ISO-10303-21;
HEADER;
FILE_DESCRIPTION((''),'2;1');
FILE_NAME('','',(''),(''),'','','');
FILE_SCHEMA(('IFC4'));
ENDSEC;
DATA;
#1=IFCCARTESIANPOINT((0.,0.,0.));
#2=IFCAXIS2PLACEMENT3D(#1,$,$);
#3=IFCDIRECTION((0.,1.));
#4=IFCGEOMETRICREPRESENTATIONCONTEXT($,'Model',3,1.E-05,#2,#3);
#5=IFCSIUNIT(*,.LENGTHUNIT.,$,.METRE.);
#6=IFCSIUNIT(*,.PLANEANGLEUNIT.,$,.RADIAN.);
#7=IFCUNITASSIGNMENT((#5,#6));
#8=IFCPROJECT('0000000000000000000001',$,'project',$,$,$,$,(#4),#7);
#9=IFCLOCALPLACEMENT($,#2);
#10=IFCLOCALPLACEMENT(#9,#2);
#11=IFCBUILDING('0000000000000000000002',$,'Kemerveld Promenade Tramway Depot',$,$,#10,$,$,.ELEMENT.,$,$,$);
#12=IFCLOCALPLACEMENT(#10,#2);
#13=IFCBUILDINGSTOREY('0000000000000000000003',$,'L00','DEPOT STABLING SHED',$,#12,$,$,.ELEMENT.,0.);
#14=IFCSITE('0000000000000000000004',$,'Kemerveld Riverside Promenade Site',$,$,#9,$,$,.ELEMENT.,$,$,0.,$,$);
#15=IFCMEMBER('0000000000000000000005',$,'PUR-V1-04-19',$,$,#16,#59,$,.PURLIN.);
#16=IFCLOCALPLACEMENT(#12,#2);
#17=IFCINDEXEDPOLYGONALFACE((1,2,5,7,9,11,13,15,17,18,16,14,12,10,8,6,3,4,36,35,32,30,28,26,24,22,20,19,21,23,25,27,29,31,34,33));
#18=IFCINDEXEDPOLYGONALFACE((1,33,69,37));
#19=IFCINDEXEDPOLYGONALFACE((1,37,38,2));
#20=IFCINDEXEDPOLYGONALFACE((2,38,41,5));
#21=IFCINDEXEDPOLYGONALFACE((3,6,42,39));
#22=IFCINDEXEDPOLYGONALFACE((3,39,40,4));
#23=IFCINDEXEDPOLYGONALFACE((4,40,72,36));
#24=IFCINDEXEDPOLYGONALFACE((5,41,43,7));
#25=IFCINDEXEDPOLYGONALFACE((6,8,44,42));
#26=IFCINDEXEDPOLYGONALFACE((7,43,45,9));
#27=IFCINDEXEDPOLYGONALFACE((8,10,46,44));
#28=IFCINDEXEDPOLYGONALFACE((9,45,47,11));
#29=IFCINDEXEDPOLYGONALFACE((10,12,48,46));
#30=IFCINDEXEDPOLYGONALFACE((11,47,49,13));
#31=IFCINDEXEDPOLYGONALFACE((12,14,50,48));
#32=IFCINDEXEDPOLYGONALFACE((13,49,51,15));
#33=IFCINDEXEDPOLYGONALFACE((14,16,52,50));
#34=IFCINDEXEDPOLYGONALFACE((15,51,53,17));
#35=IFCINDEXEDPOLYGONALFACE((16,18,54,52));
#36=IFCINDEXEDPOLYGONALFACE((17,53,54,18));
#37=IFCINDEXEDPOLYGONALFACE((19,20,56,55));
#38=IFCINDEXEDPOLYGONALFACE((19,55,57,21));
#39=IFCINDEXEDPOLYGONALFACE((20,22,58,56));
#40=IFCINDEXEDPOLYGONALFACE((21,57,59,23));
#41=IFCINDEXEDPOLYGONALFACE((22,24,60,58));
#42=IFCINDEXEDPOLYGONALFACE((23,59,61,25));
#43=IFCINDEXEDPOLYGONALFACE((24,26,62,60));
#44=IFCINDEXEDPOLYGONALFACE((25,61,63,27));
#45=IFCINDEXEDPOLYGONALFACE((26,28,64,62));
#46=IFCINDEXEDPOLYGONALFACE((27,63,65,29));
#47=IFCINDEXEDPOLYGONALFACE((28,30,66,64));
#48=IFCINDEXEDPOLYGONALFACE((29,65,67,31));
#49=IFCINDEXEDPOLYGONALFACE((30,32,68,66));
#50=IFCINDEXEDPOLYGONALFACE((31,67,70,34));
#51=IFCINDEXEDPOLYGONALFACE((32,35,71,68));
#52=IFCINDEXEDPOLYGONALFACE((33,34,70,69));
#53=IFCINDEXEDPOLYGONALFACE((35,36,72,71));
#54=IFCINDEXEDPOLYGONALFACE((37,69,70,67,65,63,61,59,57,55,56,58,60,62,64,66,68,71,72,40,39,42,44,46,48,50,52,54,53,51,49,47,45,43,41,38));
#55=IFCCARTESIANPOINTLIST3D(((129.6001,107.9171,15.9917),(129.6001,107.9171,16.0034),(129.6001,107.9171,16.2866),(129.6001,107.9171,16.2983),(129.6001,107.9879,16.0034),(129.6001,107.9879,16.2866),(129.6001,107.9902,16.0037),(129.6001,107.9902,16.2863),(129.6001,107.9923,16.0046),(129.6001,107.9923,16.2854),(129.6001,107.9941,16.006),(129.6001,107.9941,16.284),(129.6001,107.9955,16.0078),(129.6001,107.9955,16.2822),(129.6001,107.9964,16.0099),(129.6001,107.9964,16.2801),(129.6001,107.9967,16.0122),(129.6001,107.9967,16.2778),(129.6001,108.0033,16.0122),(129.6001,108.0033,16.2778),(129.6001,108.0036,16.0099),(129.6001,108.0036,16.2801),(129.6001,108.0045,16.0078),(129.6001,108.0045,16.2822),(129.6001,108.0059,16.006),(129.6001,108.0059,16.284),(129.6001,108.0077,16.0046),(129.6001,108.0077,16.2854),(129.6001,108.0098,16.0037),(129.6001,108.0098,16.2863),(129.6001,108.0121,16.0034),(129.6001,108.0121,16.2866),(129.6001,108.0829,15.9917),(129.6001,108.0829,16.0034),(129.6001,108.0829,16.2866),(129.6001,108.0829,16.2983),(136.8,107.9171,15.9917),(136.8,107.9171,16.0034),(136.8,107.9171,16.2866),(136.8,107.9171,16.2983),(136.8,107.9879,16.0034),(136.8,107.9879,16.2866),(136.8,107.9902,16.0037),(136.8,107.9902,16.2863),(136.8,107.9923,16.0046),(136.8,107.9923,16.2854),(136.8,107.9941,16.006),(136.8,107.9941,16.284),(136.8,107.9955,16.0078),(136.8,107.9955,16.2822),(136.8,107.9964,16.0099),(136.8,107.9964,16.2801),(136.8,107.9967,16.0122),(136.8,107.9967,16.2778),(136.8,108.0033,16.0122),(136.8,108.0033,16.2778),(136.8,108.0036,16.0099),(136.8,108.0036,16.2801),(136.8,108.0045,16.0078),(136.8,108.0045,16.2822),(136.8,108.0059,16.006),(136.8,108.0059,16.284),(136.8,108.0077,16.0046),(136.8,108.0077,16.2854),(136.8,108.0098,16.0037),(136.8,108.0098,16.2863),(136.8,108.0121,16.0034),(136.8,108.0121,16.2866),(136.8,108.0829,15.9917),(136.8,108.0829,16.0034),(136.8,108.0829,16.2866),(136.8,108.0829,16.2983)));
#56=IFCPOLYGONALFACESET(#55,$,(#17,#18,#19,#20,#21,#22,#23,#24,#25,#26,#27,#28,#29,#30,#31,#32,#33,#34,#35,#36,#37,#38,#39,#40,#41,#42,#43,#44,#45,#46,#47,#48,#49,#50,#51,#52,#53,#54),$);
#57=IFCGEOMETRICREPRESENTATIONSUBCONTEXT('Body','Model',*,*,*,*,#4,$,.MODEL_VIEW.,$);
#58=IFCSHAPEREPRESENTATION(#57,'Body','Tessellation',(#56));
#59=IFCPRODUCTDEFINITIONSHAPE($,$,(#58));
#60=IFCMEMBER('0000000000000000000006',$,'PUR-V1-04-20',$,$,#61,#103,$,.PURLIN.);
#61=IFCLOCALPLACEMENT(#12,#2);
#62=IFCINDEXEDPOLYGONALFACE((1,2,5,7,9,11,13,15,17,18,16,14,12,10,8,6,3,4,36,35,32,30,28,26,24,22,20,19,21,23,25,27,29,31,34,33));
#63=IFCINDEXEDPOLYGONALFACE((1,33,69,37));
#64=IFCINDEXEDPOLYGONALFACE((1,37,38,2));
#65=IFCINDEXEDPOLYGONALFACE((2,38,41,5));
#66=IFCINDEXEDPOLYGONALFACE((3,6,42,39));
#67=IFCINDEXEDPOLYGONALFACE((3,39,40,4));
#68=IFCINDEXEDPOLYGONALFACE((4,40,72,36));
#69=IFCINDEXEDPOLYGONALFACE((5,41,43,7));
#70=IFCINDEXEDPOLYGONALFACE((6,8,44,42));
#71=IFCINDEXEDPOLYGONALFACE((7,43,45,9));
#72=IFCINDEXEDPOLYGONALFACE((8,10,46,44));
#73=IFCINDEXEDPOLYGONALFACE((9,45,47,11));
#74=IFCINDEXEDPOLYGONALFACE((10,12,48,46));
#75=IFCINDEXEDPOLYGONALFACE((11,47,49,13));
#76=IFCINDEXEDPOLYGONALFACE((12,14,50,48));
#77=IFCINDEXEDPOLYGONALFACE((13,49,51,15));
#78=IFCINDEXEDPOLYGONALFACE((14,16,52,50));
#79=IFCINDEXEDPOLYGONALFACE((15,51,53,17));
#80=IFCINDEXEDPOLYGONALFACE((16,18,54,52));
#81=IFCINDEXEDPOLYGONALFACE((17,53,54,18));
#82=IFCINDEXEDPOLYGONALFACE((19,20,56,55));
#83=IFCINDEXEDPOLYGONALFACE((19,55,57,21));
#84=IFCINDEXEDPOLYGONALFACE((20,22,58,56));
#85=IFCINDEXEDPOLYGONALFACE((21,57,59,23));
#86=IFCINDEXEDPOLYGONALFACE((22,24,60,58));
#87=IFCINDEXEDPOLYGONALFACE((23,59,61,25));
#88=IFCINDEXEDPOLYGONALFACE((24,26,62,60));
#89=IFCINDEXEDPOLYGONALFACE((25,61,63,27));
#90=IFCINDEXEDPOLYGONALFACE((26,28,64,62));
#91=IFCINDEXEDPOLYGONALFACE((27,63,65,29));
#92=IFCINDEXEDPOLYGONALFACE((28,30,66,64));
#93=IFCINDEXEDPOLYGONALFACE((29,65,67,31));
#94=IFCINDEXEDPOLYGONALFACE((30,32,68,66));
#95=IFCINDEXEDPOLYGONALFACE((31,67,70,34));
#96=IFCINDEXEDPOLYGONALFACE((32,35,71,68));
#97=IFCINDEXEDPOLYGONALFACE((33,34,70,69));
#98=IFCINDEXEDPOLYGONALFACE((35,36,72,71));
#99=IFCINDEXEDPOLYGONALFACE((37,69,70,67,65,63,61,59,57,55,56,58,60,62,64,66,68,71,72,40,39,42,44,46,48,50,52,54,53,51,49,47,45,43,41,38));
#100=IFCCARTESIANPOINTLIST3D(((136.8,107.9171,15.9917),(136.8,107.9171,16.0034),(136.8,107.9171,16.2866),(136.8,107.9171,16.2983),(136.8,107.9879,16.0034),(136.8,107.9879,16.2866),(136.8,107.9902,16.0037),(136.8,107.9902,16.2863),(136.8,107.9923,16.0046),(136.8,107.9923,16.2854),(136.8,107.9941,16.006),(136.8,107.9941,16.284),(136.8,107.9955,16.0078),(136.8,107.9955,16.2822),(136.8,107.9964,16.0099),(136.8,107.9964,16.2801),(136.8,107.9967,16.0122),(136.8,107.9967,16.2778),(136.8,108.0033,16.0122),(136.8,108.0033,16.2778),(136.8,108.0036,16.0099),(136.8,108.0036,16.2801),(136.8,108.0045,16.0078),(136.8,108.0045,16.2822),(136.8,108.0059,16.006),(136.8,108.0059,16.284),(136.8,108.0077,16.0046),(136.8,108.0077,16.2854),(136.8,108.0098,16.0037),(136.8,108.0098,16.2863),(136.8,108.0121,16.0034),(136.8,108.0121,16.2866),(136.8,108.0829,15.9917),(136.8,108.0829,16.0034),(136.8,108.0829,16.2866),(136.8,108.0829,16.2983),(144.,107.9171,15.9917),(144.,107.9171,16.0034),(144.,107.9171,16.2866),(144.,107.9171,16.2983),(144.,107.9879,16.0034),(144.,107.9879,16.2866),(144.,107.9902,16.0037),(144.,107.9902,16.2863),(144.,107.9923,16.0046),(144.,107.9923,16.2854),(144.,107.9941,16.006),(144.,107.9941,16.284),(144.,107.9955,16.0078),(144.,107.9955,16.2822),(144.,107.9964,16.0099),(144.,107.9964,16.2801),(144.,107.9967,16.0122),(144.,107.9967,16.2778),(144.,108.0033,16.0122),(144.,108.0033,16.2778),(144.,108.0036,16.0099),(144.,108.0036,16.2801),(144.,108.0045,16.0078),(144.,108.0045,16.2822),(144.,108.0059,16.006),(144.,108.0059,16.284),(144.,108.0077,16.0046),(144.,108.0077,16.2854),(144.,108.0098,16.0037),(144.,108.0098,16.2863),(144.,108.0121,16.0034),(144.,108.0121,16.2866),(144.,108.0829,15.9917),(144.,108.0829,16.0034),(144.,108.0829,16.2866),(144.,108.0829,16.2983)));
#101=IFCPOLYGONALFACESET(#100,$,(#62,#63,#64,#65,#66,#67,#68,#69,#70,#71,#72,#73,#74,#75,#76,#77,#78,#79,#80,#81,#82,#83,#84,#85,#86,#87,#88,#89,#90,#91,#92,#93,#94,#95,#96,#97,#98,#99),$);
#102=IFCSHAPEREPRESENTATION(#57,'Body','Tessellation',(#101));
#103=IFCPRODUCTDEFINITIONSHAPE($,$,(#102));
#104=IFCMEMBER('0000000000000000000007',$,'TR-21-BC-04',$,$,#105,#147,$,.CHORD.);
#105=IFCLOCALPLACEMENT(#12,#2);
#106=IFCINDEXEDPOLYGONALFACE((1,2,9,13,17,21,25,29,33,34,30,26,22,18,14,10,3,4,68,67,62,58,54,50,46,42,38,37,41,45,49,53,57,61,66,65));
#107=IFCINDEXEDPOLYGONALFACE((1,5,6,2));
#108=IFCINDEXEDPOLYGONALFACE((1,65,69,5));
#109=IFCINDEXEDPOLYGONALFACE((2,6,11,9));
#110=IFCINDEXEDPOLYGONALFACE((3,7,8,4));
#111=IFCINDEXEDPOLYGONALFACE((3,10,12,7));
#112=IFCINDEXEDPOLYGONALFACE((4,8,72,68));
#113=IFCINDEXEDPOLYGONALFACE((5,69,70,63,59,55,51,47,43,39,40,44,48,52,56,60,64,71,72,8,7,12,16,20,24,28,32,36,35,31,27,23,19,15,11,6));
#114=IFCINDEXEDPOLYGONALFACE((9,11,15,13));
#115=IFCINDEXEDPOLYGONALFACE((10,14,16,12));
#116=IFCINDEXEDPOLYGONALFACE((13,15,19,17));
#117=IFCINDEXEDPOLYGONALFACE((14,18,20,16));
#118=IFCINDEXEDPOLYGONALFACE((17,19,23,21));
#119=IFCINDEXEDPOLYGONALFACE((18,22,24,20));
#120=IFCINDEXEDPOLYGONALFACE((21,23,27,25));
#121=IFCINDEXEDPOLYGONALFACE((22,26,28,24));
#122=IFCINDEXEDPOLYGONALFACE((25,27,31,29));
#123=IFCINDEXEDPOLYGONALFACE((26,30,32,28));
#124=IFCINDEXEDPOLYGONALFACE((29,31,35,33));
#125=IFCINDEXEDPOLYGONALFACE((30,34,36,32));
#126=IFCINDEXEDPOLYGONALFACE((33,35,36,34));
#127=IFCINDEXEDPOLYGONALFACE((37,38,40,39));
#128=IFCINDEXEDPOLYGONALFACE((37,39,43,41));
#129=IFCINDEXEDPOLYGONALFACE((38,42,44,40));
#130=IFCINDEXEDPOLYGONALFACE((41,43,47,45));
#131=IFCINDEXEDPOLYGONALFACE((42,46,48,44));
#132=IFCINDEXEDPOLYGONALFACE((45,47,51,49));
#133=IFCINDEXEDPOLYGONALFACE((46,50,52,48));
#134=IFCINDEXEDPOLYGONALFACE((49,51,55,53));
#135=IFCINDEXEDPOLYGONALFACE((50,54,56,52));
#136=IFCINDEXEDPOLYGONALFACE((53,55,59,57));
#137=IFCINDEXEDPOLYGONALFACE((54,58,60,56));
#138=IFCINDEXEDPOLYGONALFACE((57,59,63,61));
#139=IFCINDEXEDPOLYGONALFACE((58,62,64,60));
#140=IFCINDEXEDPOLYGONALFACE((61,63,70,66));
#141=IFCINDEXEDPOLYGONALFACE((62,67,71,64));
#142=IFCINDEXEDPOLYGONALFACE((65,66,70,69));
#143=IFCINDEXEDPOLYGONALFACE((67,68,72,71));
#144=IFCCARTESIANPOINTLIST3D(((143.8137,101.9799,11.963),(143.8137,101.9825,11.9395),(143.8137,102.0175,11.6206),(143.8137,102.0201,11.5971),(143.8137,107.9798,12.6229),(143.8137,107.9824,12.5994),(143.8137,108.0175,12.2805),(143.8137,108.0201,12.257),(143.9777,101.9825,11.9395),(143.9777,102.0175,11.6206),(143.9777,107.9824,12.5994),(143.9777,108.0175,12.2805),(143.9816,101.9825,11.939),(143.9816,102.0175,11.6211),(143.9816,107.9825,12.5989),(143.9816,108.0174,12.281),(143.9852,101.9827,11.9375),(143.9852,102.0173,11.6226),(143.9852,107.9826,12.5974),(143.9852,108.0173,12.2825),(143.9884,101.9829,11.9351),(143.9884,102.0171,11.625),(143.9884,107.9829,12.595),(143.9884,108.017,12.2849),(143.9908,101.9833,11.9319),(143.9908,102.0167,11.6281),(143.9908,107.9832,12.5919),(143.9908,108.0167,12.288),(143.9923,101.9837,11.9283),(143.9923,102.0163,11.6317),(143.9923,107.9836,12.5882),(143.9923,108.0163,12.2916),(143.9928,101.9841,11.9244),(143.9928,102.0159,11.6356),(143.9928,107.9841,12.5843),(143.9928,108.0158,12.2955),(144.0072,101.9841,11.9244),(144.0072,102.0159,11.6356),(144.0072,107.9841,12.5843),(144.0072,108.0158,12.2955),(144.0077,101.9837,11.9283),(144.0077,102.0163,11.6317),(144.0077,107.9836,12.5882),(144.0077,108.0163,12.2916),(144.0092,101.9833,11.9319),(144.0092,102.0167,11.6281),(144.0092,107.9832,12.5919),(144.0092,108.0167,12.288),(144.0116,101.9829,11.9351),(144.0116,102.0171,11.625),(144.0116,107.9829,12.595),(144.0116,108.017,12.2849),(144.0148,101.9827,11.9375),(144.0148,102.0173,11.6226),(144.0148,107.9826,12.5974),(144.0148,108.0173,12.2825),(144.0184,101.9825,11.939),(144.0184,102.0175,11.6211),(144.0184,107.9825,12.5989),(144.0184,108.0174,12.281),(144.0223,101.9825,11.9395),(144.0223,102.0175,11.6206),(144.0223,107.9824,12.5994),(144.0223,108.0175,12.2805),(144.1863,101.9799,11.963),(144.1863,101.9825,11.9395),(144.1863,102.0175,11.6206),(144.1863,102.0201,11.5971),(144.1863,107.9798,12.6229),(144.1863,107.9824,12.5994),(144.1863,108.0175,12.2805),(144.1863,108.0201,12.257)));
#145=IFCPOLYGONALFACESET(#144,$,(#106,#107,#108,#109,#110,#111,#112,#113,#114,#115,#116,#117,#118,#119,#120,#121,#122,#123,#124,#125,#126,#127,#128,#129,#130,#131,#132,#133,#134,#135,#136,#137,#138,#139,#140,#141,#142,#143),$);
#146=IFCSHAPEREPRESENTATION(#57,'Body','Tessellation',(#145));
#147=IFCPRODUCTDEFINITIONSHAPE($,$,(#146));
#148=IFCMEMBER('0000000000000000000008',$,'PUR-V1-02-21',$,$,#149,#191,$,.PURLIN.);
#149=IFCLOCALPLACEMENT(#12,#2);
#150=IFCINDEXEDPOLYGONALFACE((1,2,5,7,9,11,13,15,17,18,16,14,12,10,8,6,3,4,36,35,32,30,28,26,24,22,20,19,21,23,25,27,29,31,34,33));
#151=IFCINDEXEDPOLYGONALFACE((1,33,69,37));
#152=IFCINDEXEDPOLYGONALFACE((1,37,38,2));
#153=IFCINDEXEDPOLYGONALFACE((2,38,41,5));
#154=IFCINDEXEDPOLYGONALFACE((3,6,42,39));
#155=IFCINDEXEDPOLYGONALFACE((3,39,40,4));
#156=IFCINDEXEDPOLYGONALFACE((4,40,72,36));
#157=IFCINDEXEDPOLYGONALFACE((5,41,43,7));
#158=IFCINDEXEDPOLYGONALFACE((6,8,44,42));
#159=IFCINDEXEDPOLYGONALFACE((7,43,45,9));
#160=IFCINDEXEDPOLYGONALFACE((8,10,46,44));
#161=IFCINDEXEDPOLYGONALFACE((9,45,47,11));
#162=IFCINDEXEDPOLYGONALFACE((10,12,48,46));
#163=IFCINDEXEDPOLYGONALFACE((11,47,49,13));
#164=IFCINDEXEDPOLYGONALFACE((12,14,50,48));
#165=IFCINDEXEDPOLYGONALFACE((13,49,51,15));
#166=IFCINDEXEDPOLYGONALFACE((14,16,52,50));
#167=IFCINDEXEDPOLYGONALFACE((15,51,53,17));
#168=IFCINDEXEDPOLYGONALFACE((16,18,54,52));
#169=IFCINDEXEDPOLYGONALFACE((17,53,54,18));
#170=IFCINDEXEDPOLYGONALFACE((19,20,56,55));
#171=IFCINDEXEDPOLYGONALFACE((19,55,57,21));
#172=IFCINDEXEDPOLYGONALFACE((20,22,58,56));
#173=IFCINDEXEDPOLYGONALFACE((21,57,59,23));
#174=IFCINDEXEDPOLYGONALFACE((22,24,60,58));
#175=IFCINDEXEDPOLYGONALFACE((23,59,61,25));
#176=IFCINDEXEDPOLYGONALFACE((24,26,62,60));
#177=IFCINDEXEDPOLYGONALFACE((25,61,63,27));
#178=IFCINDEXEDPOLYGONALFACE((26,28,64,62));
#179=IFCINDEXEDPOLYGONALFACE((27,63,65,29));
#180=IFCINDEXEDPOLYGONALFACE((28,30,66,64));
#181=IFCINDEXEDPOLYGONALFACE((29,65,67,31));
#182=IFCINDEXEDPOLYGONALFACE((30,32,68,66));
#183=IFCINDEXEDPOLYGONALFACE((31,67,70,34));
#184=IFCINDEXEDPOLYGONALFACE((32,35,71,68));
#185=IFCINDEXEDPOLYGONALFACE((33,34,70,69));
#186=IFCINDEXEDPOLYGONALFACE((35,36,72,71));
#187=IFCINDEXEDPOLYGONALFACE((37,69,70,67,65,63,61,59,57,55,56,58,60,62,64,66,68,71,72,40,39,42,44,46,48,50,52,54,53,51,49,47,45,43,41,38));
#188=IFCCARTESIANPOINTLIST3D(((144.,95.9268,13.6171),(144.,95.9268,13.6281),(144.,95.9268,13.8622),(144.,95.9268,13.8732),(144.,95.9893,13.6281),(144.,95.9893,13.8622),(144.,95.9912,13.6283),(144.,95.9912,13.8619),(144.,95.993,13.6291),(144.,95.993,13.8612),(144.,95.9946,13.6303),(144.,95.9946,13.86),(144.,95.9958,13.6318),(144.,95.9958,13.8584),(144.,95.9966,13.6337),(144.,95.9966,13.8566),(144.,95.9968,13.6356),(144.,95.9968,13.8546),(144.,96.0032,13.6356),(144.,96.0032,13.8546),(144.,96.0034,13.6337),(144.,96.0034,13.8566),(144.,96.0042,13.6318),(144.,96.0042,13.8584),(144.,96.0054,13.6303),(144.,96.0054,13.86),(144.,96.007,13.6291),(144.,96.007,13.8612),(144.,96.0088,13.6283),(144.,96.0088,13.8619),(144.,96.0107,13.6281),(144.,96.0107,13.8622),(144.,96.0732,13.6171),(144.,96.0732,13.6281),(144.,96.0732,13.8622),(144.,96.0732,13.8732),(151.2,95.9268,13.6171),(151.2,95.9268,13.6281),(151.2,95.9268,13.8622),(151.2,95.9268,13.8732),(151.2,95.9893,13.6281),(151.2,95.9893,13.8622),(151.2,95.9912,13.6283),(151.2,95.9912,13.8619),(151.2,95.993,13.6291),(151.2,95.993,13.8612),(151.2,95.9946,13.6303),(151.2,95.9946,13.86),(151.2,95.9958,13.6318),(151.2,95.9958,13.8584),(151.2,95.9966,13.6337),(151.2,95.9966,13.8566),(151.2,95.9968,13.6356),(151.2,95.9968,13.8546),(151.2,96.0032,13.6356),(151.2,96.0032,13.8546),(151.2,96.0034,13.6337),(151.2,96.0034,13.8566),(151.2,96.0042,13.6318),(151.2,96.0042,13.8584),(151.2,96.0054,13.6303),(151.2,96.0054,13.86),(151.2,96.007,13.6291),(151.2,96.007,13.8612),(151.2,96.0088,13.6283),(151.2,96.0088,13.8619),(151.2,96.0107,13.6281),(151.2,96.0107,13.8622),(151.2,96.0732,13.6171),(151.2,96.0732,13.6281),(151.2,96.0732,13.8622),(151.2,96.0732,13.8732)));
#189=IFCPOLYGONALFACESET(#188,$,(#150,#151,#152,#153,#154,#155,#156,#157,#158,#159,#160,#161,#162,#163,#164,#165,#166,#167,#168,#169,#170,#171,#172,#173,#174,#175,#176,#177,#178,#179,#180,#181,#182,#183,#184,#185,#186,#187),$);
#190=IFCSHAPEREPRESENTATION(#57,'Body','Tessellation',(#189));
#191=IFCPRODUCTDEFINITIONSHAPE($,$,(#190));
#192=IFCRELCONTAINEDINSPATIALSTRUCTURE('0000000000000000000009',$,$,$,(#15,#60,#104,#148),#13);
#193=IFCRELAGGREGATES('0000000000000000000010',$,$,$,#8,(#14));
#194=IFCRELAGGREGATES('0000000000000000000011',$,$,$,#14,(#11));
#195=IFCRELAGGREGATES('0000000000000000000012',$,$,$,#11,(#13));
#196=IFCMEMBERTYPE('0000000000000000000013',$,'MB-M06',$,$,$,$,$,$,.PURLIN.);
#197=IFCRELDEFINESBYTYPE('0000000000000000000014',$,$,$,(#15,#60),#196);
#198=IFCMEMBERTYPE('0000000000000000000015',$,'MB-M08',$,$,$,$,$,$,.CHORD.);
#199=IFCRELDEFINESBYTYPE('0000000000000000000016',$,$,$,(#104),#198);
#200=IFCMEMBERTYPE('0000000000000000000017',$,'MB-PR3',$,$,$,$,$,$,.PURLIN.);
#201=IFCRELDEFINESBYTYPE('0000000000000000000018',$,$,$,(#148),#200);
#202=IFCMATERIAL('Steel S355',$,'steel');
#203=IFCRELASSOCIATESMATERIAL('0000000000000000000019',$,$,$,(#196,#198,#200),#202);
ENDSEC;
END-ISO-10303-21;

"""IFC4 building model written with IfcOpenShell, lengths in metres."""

from ifc_helpers import new_model, si_unit, direction, frame, origin, origin_2d, place, context, subcontext, project, spatial, i_section, extrude, material, material_profile, profile_set, type_object, element, save


model = new_model("IFC4")

# Units and contexts
model_context = context("Model", 3, precision=1e-05, world=origin(), true_north=direction((0.0, 1.0)))
body_context = subcontext(model_context, "Body", "Model", "MODEL_VIEW")
ifc_project = project(units=[si_unit("LENGTHUNIT", "METRE"), si_unit("PLANEANGLEUNIT", "RADIAN")], contexts=[model_context])

# Site, building, storey
site_placement = place(None, origin())
site = spatial("IfcSite", under=ifc_project, at=site_placement, Name="Kemerveld Riverside Promenade Site", CompositionType="ELEMENT", RefElevation=0.0)
building_placement = place(site_placement, origin())
building = spatial("IfcBuilding", under=site, at=building_placement, Name="Kemerveld Promenade Tramway Depot", CompositionType="ELEMENT")
storey_placement = place(building_placement, origin())
storey = spatial("IfcBuildingStorey", under=building, at=storey_placement, Name="L00", Description="DEPOT STABLING SHED", CompositionType="ELEMENT", Elevation=0.0)

# Members
ifc_material_1 = material(Name="Steel S355", Category="steel")
ifc_material_profile_1 = material_profile(ifc_material_1, i_section(OverallWidth=0.1658, OverallDepth=0.3066, WebThickness=0.0066, FlangeThickness=0.0117, FilletRadius=0.0088, at=origin_2d()), Name="305x165x46 UB")
ifc_profile_set_1 = profile_set([ifc_material_profile_1], Name="Steel S355")
member_type_1 = type_object("IfcMemberType", Name="MB-M06", PredefinedType="PURLIN", material=ifc_profile_set_1)
for number, where, z_axis, x_axis, name in (
    (1, (129.6001, 108.0, 16.145), (1.0, 0.0, 0.0), (0.0, 1.0, 0.0), "PUR-V1-04-19"),
    (2, (136.8, 108.0, 16.145), (1.0, 0.0, 0.0), (0.0, 1.0, 0.0), "PUR-V1-04-20"),
):
    element("IfcMember", number, at=place(storey_placement, frame(where, z_axis=z_axis, x_axis=x_axis)), inside=storey, type_object=member_type_1, Name=name, PredefinedType="PURLIN", context=body_context, shape_type="SweptSolid", body=[
        extrude(i_section(OverallWidth=0.1658, OverallDepth=0.3066, WebThickness=0.0066, FlangeThickness=0.0117, FilletRadius=0.0088, at=origin_2d()), origin(), (0.0, 0.0, 1.0), 7.2),
    ])
ifc_material_profile_2 = material_profile(ifc_material_1, i_section(OverallWidth=0.3726, OverallDepth=0.3682, WebThickness=0.0144, FlangeThickness=0.0237, FilletRadius=0.0151, at=origin_2d()), Name="356x368x177 UC")
ifc_profile_set_2 = profile_set([ifc_material_profile_2], Name="Steel S355")
member_type_2 = type_object("IfcMemberType", Name="MB-M08", PredefinedType="CHORD", material=ifc_profile_set_2)
member_1_placement = place(storey_placement, frame((144.0, 102.0, 11.78), z_axis=(0.0, 0.994006, 0.109326), x_axis=(-1.0, 0.0, 0.0)))
element("IfcMember", 3, at=member_1_placement, inside=storey, type_object=member_type_2, Name="TR-21-BC-04", PredefinedType="CHORD", context=body_context, shape_type="SweptSolid", body=[
    extrude(i_section(OverallWidth=0.3726, OverallDepth=0.3682, WebThickness=0.0144, FlangeThickness=0.0237, FilletRadius=0.0151, at=origin_2d()), origin(), (0.0, 0.0, 1.0), 6.0361),
])
ifc_material_profile_3 = material_profile(ifc_material_1, i_section(OverallWidth=0.1465, OverallDepth=0.2561, WebThickness=0.0063, FlangeThickness=0.011, FilletRadius=0.0076, at=origin_2d()), Name="254x146x37 UB")
ifc_profile_set_3 = profile_set([ifc_material_profile_3], Name="Steel S355")
member_type_3 = type_object("IfcMemberType", Name="MB-PR3", PredefinedType="PURLIN", material=ifc_profile_set_3)
member_2_placement = place(storey_placement, frame((144.0, 96.0, 13.7451), z_axis=(1.0, 0.0, 0.0), x_axis=(0.0, 1.0, 0.0)))
element("IfcMember", 4, at=member_2_placement, inside=storey, type_object=member_type_3, Name="PUR-V1-02-21", PredefinedType="PURLIN", context=body_context, shape_type="SweptSolid", body=[
    extrude(i_section(OverallWidth=0.1465, OverallDepth=0.2561, WebThickness=0.0063, FlangeThickness=0.011, FilletRadius=0.0076, at=origin_2d()), origin(), (0.0, 0.0, 1.0), 7.2),
])

save(model, "model.ifc")
